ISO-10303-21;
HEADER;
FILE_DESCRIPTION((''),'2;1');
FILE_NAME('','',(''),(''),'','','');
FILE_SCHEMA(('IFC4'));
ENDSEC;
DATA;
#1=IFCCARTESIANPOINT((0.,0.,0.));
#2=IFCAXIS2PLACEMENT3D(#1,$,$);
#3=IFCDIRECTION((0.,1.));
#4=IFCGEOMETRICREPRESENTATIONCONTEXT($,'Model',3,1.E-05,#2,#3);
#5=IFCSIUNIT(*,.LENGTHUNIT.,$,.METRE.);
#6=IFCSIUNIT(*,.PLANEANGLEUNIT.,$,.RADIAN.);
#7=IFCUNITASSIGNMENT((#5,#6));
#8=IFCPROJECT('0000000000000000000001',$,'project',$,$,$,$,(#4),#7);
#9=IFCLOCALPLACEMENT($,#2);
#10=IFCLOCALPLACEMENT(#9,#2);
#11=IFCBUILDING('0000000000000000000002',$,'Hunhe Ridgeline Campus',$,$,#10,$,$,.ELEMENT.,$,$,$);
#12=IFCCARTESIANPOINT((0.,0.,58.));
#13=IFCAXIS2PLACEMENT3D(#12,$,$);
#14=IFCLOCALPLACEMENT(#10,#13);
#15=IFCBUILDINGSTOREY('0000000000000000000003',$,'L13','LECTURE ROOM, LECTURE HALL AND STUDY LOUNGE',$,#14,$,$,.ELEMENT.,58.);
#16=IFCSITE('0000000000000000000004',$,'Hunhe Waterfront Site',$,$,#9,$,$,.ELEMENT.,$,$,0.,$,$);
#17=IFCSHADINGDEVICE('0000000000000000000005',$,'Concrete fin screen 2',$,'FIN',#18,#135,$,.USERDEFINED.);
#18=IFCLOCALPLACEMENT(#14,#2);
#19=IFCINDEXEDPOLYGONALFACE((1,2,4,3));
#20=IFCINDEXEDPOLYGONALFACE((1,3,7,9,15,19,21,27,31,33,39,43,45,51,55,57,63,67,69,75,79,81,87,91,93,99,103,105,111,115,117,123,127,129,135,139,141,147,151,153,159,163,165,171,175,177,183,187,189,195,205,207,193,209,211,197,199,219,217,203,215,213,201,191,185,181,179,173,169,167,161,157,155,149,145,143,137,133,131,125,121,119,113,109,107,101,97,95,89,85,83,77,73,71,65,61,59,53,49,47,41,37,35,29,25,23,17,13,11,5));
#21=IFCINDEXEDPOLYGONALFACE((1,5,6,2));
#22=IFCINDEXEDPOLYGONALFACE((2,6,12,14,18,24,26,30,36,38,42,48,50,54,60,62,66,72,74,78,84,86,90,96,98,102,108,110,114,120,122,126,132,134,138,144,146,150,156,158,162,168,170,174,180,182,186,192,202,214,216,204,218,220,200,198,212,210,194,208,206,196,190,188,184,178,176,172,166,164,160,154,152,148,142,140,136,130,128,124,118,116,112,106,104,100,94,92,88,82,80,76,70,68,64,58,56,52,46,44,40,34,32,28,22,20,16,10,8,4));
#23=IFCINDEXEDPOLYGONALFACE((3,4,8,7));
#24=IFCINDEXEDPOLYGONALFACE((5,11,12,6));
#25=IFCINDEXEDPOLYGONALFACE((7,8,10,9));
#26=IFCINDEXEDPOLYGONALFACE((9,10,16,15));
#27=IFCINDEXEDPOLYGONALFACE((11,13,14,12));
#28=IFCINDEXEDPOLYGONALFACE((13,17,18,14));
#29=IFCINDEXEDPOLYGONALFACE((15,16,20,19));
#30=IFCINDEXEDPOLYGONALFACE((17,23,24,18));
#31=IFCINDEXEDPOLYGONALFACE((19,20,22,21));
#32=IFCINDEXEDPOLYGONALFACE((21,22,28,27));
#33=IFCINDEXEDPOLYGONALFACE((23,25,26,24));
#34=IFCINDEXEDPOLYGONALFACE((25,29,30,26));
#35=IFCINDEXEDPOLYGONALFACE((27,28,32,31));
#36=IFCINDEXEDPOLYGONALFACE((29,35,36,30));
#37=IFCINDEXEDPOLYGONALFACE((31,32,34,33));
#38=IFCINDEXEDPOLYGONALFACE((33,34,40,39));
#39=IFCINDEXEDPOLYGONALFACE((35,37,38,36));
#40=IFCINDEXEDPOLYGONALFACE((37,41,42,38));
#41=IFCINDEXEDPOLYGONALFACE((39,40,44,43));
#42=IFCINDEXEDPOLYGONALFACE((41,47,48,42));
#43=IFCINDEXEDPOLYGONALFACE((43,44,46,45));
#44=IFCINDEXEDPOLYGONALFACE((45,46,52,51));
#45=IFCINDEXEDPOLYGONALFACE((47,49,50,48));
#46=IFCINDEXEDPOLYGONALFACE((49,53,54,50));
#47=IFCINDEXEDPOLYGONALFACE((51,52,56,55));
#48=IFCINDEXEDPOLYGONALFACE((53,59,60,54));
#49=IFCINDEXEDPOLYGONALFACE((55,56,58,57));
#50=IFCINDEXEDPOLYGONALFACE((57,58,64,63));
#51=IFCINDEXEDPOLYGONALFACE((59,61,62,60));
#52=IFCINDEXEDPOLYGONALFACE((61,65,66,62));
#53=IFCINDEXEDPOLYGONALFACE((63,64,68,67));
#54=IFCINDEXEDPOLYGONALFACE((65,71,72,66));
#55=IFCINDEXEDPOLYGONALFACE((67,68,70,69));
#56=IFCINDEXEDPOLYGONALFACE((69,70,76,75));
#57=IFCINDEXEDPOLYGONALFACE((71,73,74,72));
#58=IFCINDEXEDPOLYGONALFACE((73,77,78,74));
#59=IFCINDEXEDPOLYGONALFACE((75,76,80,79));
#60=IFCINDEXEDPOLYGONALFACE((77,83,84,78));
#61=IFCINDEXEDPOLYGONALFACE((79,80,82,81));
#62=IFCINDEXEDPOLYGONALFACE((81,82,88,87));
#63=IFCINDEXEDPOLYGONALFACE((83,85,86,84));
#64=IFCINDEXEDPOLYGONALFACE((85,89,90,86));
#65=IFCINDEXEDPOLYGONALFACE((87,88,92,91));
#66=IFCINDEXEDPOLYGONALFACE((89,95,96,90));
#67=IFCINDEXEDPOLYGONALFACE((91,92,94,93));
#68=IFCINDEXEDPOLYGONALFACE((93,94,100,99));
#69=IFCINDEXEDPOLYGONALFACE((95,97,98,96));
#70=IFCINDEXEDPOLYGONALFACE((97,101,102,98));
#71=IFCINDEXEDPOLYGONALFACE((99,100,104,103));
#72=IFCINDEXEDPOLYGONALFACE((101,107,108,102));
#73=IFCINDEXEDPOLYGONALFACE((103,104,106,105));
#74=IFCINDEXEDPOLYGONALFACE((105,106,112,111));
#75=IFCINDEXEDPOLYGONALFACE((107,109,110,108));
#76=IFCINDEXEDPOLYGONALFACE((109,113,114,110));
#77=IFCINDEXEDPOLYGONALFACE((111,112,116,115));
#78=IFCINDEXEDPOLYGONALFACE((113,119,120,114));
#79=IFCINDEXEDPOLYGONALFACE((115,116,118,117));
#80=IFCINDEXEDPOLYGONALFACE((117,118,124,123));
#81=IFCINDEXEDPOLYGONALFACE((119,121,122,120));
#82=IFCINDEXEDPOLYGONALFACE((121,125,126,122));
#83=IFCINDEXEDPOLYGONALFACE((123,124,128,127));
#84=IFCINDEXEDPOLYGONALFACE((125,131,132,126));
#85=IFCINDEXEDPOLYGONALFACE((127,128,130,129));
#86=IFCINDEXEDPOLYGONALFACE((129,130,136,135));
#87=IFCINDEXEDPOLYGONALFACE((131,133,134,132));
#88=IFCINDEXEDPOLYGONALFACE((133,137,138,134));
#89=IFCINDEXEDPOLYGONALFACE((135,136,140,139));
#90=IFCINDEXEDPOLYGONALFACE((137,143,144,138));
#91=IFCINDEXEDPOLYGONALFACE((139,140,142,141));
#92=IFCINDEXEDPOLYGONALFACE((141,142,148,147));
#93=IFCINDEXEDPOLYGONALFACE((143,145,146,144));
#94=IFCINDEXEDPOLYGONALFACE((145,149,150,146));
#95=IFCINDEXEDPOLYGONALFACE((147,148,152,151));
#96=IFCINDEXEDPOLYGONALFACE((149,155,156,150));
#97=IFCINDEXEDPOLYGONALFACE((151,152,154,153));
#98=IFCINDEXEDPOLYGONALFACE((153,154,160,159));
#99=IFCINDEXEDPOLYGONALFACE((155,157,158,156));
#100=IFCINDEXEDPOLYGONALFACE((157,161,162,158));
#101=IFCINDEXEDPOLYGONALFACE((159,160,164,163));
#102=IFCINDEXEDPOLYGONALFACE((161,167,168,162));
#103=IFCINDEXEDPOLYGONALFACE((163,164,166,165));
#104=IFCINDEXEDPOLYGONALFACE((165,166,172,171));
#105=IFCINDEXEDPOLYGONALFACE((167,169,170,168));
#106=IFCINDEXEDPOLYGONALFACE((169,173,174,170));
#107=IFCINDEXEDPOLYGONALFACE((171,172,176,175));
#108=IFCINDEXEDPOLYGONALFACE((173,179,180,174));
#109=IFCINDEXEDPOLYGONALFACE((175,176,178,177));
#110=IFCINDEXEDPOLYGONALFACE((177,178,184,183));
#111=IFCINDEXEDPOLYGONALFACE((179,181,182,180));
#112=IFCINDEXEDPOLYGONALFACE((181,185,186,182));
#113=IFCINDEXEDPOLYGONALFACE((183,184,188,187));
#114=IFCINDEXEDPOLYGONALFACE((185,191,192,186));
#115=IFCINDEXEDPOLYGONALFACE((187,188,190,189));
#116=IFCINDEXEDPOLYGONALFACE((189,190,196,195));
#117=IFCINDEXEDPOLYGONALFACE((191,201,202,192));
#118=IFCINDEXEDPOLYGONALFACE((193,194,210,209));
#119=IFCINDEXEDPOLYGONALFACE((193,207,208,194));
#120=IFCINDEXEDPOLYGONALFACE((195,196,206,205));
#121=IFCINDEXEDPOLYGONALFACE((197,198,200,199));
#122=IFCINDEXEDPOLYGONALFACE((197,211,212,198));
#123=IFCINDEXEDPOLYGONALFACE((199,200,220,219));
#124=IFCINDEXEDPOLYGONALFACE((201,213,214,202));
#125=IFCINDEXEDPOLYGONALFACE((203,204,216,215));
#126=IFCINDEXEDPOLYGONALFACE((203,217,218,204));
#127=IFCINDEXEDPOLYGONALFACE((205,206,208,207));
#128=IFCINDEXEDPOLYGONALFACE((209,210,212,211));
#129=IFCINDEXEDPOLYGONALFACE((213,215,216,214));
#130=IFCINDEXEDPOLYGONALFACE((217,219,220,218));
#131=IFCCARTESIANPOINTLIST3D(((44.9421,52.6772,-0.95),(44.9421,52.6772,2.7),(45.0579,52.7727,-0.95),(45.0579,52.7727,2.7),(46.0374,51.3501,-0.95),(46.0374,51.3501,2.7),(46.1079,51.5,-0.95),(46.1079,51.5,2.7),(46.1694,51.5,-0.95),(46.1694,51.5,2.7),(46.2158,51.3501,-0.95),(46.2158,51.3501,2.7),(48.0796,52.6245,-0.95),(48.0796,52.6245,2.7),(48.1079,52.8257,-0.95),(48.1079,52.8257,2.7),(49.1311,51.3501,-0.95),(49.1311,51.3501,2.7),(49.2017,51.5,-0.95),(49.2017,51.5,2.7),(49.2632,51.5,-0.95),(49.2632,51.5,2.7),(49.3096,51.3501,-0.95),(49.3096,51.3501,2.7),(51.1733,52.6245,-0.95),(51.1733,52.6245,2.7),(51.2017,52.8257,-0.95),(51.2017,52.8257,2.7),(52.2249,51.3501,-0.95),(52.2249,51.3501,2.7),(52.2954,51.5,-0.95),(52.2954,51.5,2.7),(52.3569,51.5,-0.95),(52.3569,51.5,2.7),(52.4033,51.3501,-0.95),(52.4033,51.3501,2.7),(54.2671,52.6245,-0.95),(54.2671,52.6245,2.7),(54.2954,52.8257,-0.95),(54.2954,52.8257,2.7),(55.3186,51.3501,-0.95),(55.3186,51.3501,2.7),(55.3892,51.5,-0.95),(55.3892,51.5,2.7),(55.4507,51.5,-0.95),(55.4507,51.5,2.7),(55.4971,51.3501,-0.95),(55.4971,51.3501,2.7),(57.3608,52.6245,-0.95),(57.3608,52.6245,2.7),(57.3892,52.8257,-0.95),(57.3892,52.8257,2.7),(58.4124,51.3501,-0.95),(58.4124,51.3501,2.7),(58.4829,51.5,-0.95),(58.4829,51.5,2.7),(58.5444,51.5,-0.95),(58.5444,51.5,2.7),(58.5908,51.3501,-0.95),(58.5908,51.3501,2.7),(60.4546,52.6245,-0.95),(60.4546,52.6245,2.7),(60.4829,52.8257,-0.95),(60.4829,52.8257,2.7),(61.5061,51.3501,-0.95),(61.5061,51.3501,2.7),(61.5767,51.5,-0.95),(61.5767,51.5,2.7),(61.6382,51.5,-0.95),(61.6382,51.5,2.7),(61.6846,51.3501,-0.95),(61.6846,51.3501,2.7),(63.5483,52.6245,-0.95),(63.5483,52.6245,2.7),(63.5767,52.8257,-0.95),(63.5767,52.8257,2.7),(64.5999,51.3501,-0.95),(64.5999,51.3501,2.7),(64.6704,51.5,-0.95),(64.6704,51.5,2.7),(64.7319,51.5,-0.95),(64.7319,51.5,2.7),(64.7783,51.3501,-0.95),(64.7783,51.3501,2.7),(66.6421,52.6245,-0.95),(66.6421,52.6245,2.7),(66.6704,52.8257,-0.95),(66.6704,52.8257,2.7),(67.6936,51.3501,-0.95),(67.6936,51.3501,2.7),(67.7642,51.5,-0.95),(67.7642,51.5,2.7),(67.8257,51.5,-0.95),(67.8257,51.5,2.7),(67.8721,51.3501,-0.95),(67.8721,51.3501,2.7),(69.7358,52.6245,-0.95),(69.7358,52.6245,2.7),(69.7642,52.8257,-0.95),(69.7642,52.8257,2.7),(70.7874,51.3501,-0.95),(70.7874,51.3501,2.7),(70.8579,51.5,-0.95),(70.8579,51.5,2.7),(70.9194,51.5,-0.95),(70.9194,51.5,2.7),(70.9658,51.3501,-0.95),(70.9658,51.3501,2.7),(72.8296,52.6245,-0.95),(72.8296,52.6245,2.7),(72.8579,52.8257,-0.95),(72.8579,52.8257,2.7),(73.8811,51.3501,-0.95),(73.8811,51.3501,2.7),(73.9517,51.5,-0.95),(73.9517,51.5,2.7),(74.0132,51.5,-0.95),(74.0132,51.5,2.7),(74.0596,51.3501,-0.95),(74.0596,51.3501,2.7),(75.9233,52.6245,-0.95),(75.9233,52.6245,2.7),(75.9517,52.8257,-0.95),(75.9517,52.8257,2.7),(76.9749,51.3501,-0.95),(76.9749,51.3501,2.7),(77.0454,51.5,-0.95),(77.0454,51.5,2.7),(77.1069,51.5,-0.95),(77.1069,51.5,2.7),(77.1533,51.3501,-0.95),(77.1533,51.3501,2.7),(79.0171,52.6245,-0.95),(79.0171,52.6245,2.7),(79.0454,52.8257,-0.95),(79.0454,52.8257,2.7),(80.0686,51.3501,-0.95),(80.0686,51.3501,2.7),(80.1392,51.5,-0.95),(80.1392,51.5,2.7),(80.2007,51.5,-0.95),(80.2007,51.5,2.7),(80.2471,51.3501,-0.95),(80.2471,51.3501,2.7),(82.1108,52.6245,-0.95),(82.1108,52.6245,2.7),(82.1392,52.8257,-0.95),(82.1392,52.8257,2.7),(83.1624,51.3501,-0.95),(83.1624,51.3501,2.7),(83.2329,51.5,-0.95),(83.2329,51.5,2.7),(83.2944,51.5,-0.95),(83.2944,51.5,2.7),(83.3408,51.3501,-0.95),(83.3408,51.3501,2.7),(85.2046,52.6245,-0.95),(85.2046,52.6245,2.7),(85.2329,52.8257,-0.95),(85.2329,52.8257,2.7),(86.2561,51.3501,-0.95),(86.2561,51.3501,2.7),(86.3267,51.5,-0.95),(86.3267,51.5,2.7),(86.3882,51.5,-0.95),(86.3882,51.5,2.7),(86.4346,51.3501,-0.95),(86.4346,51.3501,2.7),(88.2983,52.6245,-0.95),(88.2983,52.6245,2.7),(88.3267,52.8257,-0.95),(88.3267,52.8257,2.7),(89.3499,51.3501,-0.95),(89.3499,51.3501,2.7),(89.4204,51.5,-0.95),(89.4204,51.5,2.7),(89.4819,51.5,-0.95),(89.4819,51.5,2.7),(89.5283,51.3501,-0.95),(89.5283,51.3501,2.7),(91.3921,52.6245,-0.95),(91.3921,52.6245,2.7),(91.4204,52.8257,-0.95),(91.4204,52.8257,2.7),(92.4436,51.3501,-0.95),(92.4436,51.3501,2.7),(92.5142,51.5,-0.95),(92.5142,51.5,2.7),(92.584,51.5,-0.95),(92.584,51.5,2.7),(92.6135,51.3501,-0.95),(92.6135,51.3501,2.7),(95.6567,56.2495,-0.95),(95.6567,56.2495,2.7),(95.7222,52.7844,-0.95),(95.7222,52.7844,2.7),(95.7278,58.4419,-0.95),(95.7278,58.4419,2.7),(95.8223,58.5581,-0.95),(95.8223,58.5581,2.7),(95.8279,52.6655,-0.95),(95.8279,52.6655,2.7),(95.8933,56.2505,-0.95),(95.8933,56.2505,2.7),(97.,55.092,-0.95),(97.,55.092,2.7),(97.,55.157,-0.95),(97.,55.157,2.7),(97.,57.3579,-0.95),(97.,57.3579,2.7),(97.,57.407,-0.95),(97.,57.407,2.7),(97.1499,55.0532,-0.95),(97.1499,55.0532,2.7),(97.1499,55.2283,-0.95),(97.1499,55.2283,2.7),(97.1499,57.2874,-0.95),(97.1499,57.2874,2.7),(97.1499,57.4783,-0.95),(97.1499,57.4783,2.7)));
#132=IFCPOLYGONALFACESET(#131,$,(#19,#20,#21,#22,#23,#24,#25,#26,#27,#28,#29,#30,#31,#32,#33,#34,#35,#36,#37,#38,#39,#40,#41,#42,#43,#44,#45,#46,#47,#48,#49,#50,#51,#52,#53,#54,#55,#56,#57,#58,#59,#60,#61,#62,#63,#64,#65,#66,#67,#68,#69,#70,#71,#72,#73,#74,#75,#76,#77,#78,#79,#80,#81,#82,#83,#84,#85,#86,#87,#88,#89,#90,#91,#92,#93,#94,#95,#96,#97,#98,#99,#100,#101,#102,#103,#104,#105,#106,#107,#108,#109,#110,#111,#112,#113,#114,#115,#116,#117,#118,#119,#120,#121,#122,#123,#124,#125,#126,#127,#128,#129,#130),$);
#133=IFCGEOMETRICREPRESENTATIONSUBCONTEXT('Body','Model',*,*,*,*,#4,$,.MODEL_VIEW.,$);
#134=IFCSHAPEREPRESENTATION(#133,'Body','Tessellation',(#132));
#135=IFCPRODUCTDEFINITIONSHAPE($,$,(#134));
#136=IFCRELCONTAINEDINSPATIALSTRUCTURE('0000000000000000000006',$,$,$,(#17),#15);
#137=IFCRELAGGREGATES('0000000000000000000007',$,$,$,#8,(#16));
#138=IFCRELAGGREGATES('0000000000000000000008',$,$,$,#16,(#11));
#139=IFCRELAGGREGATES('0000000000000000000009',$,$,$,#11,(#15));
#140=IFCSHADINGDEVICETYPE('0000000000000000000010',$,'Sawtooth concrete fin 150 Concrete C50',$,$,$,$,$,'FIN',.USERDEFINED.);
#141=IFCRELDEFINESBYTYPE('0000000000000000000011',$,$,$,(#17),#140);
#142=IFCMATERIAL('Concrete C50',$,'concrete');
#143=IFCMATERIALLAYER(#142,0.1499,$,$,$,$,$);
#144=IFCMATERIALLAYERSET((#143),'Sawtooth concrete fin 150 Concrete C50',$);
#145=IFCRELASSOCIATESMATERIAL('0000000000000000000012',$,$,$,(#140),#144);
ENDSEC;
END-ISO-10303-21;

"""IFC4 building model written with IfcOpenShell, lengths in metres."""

from ifc_helpers import new_model, si_unit, direction, frame, origin, place, context, subcontext, project, spatial, polyline, outline, extrude, material, layer, layer_set, type_object, element, save


model = new_model("IFC4")

# Units and contexts
model_context = context("Model", 3, precision=1e-05, world=origin(), true_north=direction((0.0, 1.0)))
body_context = subcontext(model_context, "Body", "Model", "MODEL_VIEW")
ifc_project = project(units=[si_unit("LENGTHUNIT", "METRE"), si_unit("PLANEANGLEUNIT", "RADIAN")], contexts=[model_context])

# Site, building, storey
site_placement = place(None, origin())
site = spatial("IfcSite", under=ifc_project, at=site_placement, Name="Hunhe Waterfront Site", CompositionType="ELEMENT", RefElevation=0.0)
building_placement = place(site_placement, origin())
building = spatial("IfcBuilding", under=site, at=building_placement, Name="Hunhe Ridgeline Campus", CompositionType="ELEMENT")
storey_placement = place(building_placement, frame((0.0, 0.0, 58.0)))
storey = spatial("IfcBuildingStorey", under=building, at=storey_placement, Name="L13", Description="LECTURE ROOM, LECTURE HALL AND STUDY LOUNGE", CompositionType="ELEMENT", Elevation=58.0)

# Shading device
ifc_material_1 = material(Name="Concrete C50", Category="concrete")
ifc_layer_1 = layer(ifc_material_1, 0.1499)
ifc_layer_set_1 = layer_set([ifc_layer_1], Name="Sawtooth concrete fin 150 Concrete C50")
shading_device_type = type_object("IfcShadingDeviceType", Name="Sawtooth concrete fin 150 Concrete C50", ElementType="FIN", PredefinedType="USERDEFINED", material=ifc_layer_set_1)
shading_device_1_placement = place(storey_placement, frame((0.0, 0.0, -0.95)))
element("IfcShadingDevice", 1, at=shading_device_1_placement, inside=storey, type_object=shading_device_type, Name="Concrete fin screen 2", ObjectType="FIN", PredefinedType="USERDEFINED", context=body_context, shape_type="SweptSolid", body=[
    extrude(outline(polyline([(45.0579, 52.7727), (44.9421, 52.6772), (46.0374, 51.3501), (46.2158, 51.3501), (48.0796, 52.6245), (49.1311, 51.3501), (49.3096, 51.3501), (51.1733, 52.6245), (52.2249, 51.3501), (52.4033, 51.3501), (54.2671, 52.6245), (55.3186, 51.3501), (55.4971, 51.3501), (57.3608, 52.6245), (58.4124, 51.3501), (58.5908, 51.3501), (60.4546, 52.6245), (61.5061, 51.3501), (61.6846, 51.3501), (63.5483, 52.6245), (64.5999, 51.3501), (64.7783, 51.3501), (66.6421, 52.6245), (67.6936, 51.3501), (67.8721, 51.3501), (69.7358, 52.6245), (70.7874, 51.3501), (70.9658, 51.3501), (72.8296, 52.6245), (73.8811, 51.3501), (74.0596, 51.3501), (75.9233, 52.6245), (76.9749, 51.3501), (77.1533, 51.3501), (79.0171, 52.6245), (80.0686, 51.3501), (80.2471, 51.3501), (82.1108, 52.6245), (83.1624, 51.3501), (83.3408, 51.3501), (85.2046, 52.6245), (86.2561, 51.3501), (86.4346, 51.3501), (88.2983, 52.6245), (89.3499, 51.3501), (89.5283, 51.3501), (91.3921, 52.6245), (92.4436, 51.3501), (92.6135, 51.3501), (95.8279, 52.6655), (97.1499, 55.0532), (97.1499, 55.2283), (95.8933, 56.2505), (97.1499, 57.2874), (97.1499, 57.4783), (95.8223, 58.5581), (95.7278, 58.4419), (97.0, 57.407), (97.0, 57.3579), (95.6567, 56.2495), (97.0, 55.157), (97.0, 55.092), (95.7222, 52.7844), (92.584, 51.5), (92.5142, 51.5), (91.4204, 52.8257), (89.4819, 51.5), (89.4204, 51.5), (88.3267, 52.8257), (86.3882, 51.5), (86.3267, 51.5), (85.2329, 52.8257), (83.2944, 51.5), (83.2329, 51.5), (82.1392, 52.8257), (80.2007, 51.5), (80.1392, 51.5), (79.0454, 52.8257), (77.1069, 51.5), (77.0454, 51.5), (75.9517, 52.8257), (74.0132, 51.5), (73.9517, 51.5), (72.8579, 52.8257), (70.9194, 51.5), (70.8579, 51.5), (69.7642, 52.8257), (67.8257, 51.5), (67.7642, 51.5), (66.6704, 52.8257), (64.7319, 51.5), (64.6704, 51.5), (63.5767, 52.8257), (61.6382, 51.5), (61.5767, 51.5), (60.4829, 52.8257), (58.5444, 51.5), (58.4829, 51.5), (57.3892, 52.8257), (55.4507, 51.5), (55.3892, 51.5), (54.2954, 52.8257), (52.3569, 51.5), (52.2954, 51.5), (51.2017, 52.8257), (49.2632, 51.5), (49.2017, 51.5), (48.1079, 52.8257), (46.1694, 51.5), (46.1079, 51.5), (45.0579, 52.7727)])), origin(), (0.0, 0.0, 1.0), 3.6499),
])

save(model, "model.ifc")
